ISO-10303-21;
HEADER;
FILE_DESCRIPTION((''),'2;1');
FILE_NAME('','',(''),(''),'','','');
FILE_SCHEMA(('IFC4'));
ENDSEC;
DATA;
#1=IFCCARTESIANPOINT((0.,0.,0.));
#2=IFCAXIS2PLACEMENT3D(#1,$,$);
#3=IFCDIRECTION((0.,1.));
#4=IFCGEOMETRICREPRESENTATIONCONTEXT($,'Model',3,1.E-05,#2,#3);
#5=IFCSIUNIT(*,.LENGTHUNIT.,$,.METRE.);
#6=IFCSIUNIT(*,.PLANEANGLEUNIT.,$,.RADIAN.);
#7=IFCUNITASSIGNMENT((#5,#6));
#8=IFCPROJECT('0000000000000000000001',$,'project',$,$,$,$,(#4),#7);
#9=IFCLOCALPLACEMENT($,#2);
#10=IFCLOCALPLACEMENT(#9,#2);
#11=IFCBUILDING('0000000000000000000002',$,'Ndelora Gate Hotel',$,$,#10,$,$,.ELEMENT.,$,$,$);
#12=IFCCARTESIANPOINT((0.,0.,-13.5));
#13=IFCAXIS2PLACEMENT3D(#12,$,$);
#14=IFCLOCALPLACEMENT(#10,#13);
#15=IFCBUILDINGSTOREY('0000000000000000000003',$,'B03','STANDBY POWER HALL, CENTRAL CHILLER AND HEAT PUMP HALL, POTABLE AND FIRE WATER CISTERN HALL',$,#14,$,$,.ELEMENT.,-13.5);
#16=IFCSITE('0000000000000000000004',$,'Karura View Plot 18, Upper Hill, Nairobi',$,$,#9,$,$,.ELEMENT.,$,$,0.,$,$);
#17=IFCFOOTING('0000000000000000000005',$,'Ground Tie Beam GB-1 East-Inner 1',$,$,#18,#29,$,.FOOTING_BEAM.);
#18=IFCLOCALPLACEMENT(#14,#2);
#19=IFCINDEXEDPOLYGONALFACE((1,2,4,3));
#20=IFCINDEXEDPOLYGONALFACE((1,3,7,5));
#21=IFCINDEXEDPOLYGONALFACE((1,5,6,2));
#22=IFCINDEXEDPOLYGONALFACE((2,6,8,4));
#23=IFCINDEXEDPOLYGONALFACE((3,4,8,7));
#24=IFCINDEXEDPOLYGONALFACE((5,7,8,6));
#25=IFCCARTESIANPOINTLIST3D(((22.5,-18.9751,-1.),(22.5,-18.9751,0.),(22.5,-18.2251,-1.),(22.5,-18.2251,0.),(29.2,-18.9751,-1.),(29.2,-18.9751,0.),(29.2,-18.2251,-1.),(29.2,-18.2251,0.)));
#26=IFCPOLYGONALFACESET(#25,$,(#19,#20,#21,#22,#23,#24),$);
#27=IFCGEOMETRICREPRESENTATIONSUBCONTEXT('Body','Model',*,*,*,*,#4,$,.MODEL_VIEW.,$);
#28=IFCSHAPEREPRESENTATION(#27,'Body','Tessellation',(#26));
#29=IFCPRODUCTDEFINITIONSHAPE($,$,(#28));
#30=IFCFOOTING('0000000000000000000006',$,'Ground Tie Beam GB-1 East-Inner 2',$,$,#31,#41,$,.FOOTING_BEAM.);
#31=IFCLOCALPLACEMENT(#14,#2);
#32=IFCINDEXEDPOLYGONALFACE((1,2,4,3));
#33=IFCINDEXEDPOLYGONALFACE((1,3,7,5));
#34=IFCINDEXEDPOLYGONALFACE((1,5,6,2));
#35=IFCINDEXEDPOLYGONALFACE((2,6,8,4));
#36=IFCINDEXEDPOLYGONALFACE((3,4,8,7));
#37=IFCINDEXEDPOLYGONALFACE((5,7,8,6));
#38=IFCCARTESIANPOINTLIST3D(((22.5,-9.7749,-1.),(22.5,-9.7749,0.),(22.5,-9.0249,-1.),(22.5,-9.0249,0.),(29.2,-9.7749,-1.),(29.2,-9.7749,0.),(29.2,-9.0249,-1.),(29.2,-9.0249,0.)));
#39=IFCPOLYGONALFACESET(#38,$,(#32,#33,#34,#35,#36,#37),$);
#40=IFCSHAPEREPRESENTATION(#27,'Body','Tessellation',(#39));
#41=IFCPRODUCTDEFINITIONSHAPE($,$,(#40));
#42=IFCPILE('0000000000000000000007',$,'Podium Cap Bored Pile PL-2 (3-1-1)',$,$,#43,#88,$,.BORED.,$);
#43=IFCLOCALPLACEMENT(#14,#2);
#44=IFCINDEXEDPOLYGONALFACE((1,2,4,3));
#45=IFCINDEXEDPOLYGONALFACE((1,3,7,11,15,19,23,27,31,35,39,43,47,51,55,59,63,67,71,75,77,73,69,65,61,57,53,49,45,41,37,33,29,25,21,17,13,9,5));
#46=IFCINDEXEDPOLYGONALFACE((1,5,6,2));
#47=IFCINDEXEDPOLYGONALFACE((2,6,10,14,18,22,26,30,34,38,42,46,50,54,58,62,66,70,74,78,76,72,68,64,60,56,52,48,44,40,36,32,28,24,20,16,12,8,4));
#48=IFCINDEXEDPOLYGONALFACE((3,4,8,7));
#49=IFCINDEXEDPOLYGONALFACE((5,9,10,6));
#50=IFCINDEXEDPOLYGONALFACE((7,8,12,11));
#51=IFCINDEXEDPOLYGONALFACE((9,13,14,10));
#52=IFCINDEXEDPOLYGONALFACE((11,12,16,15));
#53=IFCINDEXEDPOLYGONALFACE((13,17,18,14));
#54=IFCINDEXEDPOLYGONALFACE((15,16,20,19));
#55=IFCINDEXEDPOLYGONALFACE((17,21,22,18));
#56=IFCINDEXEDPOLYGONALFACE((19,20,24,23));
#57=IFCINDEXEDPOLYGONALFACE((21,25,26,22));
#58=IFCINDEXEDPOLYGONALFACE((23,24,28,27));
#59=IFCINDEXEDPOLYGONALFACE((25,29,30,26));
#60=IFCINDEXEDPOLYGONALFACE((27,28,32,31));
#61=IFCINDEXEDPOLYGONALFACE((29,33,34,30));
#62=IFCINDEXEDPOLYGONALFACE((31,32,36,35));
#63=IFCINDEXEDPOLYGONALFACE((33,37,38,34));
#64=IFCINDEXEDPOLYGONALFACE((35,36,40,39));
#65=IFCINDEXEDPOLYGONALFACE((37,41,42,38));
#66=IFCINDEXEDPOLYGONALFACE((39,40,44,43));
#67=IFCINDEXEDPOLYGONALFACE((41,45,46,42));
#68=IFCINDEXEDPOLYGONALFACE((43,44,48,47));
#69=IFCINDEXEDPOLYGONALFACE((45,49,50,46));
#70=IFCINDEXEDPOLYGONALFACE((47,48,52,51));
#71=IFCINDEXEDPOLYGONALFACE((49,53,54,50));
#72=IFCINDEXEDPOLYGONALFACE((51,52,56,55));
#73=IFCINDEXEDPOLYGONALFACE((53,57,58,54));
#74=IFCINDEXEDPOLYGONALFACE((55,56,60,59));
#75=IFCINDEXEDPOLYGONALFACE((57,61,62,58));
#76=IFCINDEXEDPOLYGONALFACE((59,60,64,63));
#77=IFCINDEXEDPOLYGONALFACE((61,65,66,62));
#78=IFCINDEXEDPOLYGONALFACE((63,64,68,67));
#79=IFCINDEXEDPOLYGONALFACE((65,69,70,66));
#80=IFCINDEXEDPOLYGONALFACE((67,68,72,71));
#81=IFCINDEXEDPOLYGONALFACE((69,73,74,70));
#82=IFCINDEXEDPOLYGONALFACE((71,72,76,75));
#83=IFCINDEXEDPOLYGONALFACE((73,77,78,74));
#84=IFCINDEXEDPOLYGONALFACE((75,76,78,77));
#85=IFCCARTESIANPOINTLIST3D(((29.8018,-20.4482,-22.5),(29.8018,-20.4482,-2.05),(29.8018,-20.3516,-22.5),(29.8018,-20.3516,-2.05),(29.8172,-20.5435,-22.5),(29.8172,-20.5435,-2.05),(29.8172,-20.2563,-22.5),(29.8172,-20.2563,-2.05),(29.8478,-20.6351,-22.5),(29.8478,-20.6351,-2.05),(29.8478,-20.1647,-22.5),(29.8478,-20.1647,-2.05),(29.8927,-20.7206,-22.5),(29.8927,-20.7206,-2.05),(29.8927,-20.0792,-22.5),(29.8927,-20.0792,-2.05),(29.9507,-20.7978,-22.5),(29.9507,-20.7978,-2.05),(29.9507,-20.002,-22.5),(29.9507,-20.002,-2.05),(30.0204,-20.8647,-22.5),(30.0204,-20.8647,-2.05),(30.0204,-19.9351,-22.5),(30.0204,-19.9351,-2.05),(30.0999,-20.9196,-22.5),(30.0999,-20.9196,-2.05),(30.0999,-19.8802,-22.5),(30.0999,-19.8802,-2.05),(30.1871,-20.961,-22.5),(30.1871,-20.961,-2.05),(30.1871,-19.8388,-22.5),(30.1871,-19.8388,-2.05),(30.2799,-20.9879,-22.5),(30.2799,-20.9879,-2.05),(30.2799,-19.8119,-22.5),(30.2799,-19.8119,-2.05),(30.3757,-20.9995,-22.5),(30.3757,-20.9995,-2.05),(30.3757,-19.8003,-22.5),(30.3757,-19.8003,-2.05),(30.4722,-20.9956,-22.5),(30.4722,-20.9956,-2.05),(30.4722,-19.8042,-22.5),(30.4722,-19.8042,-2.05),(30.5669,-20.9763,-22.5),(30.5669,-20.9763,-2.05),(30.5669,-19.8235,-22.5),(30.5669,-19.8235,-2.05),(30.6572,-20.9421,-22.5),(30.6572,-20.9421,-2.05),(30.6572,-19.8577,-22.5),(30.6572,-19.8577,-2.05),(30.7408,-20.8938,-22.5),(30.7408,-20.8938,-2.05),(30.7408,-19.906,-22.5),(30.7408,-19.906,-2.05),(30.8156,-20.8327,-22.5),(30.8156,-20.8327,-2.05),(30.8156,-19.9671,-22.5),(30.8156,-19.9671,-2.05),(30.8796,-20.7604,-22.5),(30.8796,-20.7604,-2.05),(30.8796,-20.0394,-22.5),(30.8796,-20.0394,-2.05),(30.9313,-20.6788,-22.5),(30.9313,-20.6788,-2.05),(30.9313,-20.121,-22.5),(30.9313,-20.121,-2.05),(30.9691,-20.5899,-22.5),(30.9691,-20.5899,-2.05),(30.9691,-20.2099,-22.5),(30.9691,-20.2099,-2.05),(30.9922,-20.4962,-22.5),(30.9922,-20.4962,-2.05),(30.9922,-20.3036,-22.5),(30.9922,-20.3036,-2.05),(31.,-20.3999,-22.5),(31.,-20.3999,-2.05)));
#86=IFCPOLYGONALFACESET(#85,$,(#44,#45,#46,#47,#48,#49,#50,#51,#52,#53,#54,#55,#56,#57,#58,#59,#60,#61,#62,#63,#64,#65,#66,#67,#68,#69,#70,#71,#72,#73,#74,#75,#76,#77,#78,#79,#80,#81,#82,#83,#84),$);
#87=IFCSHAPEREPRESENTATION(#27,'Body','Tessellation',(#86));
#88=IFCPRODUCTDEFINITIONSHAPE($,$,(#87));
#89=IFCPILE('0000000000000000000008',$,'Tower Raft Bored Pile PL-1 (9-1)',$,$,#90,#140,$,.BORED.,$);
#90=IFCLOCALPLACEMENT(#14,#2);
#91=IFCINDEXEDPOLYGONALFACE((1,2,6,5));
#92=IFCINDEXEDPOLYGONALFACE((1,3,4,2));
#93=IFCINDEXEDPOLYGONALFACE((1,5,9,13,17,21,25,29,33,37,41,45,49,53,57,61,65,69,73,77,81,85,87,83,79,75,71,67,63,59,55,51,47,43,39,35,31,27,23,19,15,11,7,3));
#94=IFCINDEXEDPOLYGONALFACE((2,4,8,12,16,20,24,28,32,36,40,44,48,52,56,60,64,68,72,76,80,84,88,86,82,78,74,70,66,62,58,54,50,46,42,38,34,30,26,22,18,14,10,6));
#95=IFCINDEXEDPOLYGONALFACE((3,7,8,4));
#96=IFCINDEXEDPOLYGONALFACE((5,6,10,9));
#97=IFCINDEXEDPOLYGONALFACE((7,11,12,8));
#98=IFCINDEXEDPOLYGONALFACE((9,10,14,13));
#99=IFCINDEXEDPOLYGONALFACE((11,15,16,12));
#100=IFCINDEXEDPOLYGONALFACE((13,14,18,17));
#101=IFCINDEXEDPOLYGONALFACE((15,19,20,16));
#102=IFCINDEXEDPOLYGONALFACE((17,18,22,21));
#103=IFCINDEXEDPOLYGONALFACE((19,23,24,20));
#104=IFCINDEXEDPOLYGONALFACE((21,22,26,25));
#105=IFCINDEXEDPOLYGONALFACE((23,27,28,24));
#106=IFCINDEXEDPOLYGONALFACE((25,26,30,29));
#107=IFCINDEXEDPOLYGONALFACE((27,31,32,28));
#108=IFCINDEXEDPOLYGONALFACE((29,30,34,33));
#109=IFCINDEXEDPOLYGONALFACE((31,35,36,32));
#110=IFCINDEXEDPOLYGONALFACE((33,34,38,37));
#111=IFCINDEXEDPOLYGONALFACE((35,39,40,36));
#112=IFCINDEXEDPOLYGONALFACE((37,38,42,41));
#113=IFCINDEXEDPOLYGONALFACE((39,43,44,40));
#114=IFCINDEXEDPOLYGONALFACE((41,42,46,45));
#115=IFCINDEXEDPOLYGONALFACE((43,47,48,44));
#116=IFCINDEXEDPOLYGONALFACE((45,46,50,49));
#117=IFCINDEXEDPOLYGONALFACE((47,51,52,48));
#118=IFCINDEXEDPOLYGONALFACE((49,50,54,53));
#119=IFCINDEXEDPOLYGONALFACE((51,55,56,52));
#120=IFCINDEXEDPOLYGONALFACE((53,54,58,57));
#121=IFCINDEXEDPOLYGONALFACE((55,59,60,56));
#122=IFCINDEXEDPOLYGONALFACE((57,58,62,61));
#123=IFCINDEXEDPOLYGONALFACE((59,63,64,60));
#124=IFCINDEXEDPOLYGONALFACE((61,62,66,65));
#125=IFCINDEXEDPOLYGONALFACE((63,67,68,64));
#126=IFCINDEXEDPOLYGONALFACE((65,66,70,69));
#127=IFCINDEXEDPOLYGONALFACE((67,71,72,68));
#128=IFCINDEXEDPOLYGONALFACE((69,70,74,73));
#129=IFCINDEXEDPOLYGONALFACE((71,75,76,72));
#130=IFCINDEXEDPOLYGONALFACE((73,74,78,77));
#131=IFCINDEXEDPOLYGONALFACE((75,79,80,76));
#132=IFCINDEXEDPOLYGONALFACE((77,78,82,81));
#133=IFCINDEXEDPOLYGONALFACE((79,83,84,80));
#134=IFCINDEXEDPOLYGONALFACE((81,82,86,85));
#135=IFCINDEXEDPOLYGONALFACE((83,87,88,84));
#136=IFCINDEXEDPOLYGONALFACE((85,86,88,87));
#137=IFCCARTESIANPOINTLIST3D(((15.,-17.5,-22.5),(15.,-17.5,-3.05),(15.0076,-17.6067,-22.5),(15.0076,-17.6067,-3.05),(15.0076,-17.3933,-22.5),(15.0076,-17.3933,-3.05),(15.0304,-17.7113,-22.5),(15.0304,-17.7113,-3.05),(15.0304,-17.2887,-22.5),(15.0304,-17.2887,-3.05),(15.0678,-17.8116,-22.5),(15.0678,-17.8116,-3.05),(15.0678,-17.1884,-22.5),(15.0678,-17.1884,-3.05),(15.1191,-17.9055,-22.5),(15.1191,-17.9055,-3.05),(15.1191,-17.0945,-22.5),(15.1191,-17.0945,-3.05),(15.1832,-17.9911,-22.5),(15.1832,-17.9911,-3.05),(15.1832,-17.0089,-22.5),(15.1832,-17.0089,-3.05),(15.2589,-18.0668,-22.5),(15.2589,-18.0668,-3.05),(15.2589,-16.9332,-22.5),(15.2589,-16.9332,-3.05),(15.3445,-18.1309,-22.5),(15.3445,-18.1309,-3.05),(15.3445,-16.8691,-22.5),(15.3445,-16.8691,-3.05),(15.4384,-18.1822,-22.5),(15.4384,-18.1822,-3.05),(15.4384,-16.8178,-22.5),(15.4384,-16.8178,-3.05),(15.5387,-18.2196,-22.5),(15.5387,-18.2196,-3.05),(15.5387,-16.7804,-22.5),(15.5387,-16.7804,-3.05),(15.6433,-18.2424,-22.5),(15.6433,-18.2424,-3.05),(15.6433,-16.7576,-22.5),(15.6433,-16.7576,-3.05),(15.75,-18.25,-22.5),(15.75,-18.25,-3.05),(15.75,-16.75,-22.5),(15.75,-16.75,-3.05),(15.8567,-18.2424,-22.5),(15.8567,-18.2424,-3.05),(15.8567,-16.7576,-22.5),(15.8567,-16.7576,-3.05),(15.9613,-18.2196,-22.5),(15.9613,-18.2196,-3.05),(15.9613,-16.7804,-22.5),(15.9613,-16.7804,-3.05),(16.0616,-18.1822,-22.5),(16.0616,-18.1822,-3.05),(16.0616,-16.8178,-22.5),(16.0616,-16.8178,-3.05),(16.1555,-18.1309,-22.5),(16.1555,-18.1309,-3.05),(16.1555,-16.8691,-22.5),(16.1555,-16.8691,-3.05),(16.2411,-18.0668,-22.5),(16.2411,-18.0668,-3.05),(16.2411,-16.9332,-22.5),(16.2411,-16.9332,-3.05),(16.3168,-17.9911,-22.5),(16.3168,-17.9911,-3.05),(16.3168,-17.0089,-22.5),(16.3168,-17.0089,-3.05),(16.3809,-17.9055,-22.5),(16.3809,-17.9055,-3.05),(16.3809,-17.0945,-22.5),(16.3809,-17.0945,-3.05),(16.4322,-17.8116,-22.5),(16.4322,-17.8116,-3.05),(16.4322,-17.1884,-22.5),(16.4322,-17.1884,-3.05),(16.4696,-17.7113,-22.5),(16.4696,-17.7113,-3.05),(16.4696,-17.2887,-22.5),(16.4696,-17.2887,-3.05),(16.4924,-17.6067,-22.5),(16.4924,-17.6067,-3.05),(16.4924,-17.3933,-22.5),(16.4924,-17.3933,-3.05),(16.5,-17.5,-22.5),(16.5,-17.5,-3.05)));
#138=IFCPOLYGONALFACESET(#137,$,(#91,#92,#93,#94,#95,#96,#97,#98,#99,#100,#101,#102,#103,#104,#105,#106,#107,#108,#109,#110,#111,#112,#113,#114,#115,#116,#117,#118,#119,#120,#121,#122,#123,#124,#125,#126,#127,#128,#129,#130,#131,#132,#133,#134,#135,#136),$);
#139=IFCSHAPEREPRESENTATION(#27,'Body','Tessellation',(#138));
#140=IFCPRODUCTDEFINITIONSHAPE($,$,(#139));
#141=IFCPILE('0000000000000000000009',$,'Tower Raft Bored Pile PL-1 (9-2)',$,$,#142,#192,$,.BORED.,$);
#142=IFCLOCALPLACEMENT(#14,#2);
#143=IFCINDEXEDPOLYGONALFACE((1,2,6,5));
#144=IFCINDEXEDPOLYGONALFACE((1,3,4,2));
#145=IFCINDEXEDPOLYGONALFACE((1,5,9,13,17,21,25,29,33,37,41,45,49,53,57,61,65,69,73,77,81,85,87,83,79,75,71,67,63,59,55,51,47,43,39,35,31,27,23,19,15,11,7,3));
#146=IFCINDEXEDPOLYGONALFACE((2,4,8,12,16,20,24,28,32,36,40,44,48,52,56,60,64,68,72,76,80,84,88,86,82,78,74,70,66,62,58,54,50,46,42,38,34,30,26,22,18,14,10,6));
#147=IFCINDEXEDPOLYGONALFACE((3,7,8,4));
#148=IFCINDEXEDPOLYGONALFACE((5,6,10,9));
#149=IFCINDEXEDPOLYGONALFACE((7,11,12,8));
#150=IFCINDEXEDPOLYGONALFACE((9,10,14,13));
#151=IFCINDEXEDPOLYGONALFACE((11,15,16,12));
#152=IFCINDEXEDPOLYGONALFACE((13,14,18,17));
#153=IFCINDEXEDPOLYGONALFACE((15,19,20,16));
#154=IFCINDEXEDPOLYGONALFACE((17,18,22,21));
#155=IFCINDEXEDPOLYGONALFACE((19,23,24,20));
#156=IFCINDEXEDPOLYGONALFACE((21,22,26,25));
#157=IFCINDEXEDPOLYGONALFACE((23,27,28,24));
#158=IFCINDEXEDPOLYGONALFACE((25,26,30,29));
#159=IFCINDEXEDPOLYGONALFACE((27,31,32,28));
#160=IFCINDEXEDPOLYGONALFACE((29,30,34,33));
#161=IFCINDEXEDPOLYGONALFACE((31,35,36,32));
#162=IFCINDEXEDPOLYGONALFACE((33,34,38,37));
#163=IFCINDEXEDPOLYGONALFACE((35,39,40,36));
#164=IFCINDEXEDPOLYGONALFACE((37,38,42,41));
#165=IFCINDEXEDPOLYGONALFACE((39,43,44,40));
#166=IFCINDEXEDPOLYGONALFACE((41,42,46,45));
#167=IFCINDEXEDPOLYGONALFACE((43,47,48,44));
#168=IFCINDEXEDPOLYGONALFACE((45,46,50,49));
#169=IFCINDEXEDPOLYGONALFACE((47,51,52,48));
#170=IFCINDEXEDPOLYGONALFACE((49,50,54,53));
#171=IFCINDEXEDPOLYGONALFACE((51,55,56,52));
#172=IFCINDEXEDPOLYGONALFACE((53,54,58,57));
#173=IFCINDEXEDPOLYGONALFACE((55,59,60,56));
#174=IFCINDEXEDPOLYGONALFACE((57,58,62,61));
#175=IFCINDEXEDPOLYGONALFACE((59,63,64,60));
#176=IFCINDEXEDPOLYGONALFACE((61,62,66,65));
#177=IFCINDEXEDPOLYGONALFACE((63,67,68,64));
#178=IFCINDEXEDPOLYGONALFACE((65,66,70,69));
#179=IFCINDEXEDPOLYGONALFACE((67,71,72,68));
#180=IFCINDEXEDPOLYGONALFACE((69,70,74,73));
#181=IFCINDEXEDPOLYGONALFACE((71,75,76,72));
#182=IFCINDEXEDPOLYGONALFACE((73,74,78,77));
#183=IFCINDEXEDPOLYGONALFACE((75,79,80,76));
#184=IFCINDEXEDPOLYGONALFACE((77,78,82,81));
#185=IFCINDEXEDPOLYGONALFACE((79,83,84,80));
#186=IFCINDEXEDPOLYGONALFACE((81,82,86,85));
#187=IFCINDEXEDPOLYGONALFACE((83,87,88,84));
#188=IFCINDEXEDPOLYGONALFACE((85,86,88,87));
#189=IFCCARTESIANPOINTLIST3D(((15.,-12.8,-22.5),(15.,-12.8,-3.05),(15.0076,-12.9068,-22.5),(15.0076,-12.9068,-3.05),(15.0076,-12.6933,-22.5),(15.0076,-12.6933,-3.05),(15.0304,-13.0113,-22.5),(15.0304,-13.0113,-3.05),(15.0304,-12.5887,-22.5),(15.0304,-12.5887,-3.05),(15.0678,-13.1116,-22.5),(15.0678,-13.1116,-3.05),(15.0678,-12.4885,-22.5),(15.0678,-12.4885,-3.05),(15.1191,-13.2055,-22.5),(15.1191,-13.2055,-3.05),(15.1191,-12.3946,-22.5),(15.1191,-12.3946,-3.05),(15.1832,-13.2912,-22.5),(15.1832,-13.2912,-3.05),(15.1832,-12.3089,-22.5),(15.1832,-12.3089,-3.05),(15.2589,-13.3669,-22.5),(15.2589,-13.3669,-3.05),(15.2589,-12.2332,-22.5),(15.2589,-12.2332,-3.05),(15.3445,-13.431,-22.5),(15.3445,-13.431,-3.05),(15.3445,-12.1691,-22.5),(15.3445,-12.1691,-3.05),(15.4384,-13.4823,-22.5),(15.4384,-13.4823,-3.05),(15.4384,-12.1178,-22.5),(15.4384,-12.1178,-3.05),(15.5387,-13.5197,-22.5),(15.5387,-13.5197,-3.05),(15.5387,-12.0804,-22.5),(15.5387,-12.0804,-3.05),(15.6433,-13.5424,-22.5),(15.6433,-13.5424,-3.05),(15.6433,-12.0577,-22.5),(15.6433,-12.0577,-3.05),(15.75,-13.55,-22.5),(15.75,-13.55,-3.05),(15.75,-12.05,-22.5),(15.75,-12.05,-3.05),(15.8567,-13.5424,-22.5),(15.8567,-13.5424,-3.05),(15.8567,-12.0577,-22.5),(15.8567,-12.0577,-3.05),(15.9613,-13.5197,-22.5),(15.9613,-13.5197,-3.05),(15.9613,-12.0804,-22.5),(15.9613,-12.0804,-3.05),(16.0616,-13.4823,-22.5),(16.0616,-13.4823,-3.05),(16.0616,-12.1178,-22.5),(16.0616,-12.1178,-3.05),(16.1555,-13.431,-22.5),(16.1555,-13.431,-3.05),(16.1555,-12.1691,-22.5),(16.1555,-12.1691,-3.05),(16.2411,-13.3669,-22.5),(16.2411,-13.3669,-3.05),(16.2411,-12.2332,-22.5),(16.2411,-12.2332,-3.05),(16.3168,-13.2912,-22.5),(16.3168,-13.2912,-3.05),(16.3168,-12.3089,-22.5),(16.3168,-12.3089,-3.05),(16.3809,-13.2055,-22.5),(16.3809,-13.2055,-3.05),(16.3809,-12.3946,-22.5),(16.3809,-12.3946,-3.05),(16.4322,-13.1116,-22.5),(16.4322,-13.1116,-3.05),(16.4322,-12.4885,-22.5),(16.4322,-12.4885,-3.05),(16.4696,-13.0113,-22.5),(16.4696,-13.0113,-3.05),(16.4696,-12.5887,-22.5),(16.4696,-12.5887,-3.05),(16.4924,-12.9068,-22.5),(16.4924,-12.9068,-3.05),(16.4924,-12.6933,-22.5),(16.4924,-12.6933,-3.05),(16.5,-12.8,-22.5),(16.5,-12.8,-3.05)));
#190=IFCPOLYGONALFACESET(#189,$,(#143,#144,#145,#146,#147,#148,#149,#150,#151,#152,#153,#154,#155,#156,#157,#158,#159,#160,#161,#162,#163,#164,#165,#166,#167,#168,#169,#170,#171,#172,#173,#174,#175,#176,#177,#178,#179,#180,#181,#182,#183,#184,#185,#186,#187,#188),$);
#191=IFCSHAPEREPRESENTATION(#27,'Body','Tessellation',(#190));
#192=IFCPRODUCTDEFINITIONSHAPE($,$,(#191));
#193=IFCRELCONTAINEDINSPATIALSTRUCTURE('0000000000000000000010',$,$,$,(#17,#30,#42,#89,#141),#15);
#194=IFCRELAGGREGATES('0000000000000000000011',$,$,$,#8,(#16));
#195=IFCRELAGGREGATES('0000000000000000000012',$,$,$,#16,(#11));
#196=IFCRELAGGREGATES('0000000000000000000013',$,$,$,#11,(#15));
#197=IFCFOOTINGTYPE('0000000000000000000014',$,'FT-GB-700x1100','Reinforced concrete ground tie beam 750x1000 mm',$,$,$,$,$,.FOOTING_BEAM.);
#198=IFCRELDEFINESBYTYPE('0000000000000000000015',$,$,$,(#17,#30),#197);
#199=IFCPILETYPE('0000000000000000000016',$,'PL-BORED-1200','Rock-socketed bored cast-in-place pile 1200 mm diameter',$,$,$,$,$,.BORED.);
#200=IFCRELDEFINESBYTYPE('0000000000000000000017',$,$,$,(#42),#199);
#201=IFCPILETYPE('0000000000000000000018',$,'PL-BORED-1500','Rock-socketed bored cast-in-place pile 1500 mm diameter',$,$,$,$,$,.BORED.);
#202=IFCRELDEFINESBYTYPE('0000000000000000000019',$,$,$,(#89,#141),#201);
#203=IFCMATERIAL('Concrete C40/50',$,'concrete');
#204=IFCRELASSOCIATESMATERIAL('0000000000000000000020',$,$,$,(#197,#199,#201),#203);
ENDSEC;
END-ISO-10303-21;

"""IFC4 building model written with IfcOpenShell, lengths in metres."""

from ifc_helpers import new_model, si_unit, direction, frame, origin, origin_2d, place, context, subcontext, project, spatial, rectangle, circle, extrude, material, material_profile, profile_set, type_object, element, save


model = new_model("IFC4")

# Units and contexts
model_context = context("Model", 3, precision=1e-05, world=origin(), true_north=direction((0.0, 1.0)))
body_context = subcontext(model_context, "Body", "Model", "MODEL_VIEW")
ifc_project = project(units=[si_unit("LENGTHUNIT", "METRE"), si_unit("PLANEANGLEUNIT", "RADIAN")], contexts=[model_context])

# Site, building, storey
site_placement = place(None, origin())
site = spatial("IfcSite", under=ifc_project, at=site_placement, Name="Karura View Plot 18, Upper Hill, Nairobi", CompositionType="ELEMENT", RefElevation=0.0)
building_placement = place(site_placement, origin())
building = spatial("IfcBuilding", under=site, at=building_placement, Name="Ndelora Gate Hotel", CompositionType="ELEMENT")
storey_placement = place(building_placement, frame((0.0, 0.0, -13.5)))
storey = spatial("IfcBuildingStorey", under=building, at=storey_placement, Name="B03", Description="STANDBY POWER HALL, CENTRAL CHILLER AND HEAT PUMP HALL, POTABLE AND FIRE WATER CISTERN HALL", CompositionType="ELEMENT", Elevation=-13.5)

# Footings
ifc_material_1 = material(Name="Concrete C40/50", Category="concrete")
ifc_material_profile_1 = material_profile(ifc_material_1, rectangle(XDim=0.75, YDim=1.0, at=origin_2d()), Name="RCB 750x1000")
ifc_profile_set_1 = profile_set([ifc_material_profile_1], Name="Concrete C40/50")
footing_type = type_object("IfcFootingType", Name="FT-GB-700x1100", Description="Reinforced concrete ground tie beam 750x1000 mm", PredefinedType="FOOTING_BEAM", material=ifc_profile_set_1)
for number, where, z_axis, x_axis, name in (
    (1, (22.5, -18.6001, -0.5), (1.0, 0.0, 0.0), (0.0, 1.0, 0.0), "Ground Tie Beam GB-1 East-Inner 1"),
    (2, (22.5, -9.3999, -0.5), (1.0, 0.0, 0.0), (0.0, 1.0, 0.0), "Ground Tie Beam GB-1 East-Inner 2"),
):
    element("IfcFooting", number, at=place(storey_placement, frame(where, z_axis=z_axis, x_axis=x_axis)), inside=storey, type_object=footing_type, Name=name, PredefinedType="FOOTING_BEAM", context=body_context, shape_type="SweptSolid", body=[
        extrude(rectangle(XDim=0.75, YDim=1.0, at=origin_2d()), origin(), (0.0, 0.0, 1.0), 6.7),
    ])

# Piles
ifc_material_profile_2 = material_profile(ifc_material_1, circle(Radius=0.6001, at=origin_2d()), Name="PILE D1200")
ifc_profile_set_2 = profile_set([ifc_material_profile_2], Name="Concrete C40/50")
pile_type_1 = type_object("IfcPileType", Name="PL-BORED-1200", Description="Rock-socketed bored cast-in-place pile 1200 mm diameter", PredefinedType="BORED", material=ifc_profile_set_2)
pile_placement = place(storey_placement, frame((30.3999, -20.3999, -2.05), z_axis=(0.0, 0.0, -1.0), x_axis=(1.0, 0.0, 0.0)))
element("IfcPile", 3, at=pile_placement, inside=storey, type_object=pile_type_1, Name="Podium Cap Bored Pile PL-2 (3-1-1)", PredefinedType="BORED", context=body_context, shape_type="SweptSolid", body=[
    extrude(circle(Radius=0.6001, at=origin_2d()), origin(), (0.0, 0.0, 1.0), 20.45),
])
ifc_material_profile_3 = material_profile(ifc_material_1, circle(Radius=0.75, at=origin_2d()), Name="PILE D1500")
ifc_profile_set_3 = profile_set([ifc_material_profile_3], Name="Concrete C40/50")
pile_type_2 = type_object("IfcPileType", Name="PL-BORED-1500", Description="Rock-socketed bored cast-in-place pile 1500 mm diameter", PredefinedType="BORED", material=ifc_profile_set_3)
for number, where, z_axis, x_axis, name in (
    (4, (15.75, -17.5, -3.05), (0.0, 0.0, -1.0), (1.0, 0.0, 0.0), "Tower Raft Bored Pile PL-1 (9-1)"),
    (5, (15.75, -12.8, -3.05), (0.0, 0.0, -1.0), (1.0, 0.0, 0.0), "Tower Raft Bored Pile PL-1 (9-2)"),
):
    element("IfcPile", number, at=place(storey_placement, frame(where, z_axis=z_axis, x_axis=x_axis)), inside=storey, type_object=pile_type_2, Name=name, PredefinedType="BORED", context=body_context, shape_type="SweptSolid", body=[
        extrude(circle(Radius=0.75, at=origin_2d()), origin(), (0.0, 0.0, 1.0), 19.45),
    ])

save(model, "model.ifc")
